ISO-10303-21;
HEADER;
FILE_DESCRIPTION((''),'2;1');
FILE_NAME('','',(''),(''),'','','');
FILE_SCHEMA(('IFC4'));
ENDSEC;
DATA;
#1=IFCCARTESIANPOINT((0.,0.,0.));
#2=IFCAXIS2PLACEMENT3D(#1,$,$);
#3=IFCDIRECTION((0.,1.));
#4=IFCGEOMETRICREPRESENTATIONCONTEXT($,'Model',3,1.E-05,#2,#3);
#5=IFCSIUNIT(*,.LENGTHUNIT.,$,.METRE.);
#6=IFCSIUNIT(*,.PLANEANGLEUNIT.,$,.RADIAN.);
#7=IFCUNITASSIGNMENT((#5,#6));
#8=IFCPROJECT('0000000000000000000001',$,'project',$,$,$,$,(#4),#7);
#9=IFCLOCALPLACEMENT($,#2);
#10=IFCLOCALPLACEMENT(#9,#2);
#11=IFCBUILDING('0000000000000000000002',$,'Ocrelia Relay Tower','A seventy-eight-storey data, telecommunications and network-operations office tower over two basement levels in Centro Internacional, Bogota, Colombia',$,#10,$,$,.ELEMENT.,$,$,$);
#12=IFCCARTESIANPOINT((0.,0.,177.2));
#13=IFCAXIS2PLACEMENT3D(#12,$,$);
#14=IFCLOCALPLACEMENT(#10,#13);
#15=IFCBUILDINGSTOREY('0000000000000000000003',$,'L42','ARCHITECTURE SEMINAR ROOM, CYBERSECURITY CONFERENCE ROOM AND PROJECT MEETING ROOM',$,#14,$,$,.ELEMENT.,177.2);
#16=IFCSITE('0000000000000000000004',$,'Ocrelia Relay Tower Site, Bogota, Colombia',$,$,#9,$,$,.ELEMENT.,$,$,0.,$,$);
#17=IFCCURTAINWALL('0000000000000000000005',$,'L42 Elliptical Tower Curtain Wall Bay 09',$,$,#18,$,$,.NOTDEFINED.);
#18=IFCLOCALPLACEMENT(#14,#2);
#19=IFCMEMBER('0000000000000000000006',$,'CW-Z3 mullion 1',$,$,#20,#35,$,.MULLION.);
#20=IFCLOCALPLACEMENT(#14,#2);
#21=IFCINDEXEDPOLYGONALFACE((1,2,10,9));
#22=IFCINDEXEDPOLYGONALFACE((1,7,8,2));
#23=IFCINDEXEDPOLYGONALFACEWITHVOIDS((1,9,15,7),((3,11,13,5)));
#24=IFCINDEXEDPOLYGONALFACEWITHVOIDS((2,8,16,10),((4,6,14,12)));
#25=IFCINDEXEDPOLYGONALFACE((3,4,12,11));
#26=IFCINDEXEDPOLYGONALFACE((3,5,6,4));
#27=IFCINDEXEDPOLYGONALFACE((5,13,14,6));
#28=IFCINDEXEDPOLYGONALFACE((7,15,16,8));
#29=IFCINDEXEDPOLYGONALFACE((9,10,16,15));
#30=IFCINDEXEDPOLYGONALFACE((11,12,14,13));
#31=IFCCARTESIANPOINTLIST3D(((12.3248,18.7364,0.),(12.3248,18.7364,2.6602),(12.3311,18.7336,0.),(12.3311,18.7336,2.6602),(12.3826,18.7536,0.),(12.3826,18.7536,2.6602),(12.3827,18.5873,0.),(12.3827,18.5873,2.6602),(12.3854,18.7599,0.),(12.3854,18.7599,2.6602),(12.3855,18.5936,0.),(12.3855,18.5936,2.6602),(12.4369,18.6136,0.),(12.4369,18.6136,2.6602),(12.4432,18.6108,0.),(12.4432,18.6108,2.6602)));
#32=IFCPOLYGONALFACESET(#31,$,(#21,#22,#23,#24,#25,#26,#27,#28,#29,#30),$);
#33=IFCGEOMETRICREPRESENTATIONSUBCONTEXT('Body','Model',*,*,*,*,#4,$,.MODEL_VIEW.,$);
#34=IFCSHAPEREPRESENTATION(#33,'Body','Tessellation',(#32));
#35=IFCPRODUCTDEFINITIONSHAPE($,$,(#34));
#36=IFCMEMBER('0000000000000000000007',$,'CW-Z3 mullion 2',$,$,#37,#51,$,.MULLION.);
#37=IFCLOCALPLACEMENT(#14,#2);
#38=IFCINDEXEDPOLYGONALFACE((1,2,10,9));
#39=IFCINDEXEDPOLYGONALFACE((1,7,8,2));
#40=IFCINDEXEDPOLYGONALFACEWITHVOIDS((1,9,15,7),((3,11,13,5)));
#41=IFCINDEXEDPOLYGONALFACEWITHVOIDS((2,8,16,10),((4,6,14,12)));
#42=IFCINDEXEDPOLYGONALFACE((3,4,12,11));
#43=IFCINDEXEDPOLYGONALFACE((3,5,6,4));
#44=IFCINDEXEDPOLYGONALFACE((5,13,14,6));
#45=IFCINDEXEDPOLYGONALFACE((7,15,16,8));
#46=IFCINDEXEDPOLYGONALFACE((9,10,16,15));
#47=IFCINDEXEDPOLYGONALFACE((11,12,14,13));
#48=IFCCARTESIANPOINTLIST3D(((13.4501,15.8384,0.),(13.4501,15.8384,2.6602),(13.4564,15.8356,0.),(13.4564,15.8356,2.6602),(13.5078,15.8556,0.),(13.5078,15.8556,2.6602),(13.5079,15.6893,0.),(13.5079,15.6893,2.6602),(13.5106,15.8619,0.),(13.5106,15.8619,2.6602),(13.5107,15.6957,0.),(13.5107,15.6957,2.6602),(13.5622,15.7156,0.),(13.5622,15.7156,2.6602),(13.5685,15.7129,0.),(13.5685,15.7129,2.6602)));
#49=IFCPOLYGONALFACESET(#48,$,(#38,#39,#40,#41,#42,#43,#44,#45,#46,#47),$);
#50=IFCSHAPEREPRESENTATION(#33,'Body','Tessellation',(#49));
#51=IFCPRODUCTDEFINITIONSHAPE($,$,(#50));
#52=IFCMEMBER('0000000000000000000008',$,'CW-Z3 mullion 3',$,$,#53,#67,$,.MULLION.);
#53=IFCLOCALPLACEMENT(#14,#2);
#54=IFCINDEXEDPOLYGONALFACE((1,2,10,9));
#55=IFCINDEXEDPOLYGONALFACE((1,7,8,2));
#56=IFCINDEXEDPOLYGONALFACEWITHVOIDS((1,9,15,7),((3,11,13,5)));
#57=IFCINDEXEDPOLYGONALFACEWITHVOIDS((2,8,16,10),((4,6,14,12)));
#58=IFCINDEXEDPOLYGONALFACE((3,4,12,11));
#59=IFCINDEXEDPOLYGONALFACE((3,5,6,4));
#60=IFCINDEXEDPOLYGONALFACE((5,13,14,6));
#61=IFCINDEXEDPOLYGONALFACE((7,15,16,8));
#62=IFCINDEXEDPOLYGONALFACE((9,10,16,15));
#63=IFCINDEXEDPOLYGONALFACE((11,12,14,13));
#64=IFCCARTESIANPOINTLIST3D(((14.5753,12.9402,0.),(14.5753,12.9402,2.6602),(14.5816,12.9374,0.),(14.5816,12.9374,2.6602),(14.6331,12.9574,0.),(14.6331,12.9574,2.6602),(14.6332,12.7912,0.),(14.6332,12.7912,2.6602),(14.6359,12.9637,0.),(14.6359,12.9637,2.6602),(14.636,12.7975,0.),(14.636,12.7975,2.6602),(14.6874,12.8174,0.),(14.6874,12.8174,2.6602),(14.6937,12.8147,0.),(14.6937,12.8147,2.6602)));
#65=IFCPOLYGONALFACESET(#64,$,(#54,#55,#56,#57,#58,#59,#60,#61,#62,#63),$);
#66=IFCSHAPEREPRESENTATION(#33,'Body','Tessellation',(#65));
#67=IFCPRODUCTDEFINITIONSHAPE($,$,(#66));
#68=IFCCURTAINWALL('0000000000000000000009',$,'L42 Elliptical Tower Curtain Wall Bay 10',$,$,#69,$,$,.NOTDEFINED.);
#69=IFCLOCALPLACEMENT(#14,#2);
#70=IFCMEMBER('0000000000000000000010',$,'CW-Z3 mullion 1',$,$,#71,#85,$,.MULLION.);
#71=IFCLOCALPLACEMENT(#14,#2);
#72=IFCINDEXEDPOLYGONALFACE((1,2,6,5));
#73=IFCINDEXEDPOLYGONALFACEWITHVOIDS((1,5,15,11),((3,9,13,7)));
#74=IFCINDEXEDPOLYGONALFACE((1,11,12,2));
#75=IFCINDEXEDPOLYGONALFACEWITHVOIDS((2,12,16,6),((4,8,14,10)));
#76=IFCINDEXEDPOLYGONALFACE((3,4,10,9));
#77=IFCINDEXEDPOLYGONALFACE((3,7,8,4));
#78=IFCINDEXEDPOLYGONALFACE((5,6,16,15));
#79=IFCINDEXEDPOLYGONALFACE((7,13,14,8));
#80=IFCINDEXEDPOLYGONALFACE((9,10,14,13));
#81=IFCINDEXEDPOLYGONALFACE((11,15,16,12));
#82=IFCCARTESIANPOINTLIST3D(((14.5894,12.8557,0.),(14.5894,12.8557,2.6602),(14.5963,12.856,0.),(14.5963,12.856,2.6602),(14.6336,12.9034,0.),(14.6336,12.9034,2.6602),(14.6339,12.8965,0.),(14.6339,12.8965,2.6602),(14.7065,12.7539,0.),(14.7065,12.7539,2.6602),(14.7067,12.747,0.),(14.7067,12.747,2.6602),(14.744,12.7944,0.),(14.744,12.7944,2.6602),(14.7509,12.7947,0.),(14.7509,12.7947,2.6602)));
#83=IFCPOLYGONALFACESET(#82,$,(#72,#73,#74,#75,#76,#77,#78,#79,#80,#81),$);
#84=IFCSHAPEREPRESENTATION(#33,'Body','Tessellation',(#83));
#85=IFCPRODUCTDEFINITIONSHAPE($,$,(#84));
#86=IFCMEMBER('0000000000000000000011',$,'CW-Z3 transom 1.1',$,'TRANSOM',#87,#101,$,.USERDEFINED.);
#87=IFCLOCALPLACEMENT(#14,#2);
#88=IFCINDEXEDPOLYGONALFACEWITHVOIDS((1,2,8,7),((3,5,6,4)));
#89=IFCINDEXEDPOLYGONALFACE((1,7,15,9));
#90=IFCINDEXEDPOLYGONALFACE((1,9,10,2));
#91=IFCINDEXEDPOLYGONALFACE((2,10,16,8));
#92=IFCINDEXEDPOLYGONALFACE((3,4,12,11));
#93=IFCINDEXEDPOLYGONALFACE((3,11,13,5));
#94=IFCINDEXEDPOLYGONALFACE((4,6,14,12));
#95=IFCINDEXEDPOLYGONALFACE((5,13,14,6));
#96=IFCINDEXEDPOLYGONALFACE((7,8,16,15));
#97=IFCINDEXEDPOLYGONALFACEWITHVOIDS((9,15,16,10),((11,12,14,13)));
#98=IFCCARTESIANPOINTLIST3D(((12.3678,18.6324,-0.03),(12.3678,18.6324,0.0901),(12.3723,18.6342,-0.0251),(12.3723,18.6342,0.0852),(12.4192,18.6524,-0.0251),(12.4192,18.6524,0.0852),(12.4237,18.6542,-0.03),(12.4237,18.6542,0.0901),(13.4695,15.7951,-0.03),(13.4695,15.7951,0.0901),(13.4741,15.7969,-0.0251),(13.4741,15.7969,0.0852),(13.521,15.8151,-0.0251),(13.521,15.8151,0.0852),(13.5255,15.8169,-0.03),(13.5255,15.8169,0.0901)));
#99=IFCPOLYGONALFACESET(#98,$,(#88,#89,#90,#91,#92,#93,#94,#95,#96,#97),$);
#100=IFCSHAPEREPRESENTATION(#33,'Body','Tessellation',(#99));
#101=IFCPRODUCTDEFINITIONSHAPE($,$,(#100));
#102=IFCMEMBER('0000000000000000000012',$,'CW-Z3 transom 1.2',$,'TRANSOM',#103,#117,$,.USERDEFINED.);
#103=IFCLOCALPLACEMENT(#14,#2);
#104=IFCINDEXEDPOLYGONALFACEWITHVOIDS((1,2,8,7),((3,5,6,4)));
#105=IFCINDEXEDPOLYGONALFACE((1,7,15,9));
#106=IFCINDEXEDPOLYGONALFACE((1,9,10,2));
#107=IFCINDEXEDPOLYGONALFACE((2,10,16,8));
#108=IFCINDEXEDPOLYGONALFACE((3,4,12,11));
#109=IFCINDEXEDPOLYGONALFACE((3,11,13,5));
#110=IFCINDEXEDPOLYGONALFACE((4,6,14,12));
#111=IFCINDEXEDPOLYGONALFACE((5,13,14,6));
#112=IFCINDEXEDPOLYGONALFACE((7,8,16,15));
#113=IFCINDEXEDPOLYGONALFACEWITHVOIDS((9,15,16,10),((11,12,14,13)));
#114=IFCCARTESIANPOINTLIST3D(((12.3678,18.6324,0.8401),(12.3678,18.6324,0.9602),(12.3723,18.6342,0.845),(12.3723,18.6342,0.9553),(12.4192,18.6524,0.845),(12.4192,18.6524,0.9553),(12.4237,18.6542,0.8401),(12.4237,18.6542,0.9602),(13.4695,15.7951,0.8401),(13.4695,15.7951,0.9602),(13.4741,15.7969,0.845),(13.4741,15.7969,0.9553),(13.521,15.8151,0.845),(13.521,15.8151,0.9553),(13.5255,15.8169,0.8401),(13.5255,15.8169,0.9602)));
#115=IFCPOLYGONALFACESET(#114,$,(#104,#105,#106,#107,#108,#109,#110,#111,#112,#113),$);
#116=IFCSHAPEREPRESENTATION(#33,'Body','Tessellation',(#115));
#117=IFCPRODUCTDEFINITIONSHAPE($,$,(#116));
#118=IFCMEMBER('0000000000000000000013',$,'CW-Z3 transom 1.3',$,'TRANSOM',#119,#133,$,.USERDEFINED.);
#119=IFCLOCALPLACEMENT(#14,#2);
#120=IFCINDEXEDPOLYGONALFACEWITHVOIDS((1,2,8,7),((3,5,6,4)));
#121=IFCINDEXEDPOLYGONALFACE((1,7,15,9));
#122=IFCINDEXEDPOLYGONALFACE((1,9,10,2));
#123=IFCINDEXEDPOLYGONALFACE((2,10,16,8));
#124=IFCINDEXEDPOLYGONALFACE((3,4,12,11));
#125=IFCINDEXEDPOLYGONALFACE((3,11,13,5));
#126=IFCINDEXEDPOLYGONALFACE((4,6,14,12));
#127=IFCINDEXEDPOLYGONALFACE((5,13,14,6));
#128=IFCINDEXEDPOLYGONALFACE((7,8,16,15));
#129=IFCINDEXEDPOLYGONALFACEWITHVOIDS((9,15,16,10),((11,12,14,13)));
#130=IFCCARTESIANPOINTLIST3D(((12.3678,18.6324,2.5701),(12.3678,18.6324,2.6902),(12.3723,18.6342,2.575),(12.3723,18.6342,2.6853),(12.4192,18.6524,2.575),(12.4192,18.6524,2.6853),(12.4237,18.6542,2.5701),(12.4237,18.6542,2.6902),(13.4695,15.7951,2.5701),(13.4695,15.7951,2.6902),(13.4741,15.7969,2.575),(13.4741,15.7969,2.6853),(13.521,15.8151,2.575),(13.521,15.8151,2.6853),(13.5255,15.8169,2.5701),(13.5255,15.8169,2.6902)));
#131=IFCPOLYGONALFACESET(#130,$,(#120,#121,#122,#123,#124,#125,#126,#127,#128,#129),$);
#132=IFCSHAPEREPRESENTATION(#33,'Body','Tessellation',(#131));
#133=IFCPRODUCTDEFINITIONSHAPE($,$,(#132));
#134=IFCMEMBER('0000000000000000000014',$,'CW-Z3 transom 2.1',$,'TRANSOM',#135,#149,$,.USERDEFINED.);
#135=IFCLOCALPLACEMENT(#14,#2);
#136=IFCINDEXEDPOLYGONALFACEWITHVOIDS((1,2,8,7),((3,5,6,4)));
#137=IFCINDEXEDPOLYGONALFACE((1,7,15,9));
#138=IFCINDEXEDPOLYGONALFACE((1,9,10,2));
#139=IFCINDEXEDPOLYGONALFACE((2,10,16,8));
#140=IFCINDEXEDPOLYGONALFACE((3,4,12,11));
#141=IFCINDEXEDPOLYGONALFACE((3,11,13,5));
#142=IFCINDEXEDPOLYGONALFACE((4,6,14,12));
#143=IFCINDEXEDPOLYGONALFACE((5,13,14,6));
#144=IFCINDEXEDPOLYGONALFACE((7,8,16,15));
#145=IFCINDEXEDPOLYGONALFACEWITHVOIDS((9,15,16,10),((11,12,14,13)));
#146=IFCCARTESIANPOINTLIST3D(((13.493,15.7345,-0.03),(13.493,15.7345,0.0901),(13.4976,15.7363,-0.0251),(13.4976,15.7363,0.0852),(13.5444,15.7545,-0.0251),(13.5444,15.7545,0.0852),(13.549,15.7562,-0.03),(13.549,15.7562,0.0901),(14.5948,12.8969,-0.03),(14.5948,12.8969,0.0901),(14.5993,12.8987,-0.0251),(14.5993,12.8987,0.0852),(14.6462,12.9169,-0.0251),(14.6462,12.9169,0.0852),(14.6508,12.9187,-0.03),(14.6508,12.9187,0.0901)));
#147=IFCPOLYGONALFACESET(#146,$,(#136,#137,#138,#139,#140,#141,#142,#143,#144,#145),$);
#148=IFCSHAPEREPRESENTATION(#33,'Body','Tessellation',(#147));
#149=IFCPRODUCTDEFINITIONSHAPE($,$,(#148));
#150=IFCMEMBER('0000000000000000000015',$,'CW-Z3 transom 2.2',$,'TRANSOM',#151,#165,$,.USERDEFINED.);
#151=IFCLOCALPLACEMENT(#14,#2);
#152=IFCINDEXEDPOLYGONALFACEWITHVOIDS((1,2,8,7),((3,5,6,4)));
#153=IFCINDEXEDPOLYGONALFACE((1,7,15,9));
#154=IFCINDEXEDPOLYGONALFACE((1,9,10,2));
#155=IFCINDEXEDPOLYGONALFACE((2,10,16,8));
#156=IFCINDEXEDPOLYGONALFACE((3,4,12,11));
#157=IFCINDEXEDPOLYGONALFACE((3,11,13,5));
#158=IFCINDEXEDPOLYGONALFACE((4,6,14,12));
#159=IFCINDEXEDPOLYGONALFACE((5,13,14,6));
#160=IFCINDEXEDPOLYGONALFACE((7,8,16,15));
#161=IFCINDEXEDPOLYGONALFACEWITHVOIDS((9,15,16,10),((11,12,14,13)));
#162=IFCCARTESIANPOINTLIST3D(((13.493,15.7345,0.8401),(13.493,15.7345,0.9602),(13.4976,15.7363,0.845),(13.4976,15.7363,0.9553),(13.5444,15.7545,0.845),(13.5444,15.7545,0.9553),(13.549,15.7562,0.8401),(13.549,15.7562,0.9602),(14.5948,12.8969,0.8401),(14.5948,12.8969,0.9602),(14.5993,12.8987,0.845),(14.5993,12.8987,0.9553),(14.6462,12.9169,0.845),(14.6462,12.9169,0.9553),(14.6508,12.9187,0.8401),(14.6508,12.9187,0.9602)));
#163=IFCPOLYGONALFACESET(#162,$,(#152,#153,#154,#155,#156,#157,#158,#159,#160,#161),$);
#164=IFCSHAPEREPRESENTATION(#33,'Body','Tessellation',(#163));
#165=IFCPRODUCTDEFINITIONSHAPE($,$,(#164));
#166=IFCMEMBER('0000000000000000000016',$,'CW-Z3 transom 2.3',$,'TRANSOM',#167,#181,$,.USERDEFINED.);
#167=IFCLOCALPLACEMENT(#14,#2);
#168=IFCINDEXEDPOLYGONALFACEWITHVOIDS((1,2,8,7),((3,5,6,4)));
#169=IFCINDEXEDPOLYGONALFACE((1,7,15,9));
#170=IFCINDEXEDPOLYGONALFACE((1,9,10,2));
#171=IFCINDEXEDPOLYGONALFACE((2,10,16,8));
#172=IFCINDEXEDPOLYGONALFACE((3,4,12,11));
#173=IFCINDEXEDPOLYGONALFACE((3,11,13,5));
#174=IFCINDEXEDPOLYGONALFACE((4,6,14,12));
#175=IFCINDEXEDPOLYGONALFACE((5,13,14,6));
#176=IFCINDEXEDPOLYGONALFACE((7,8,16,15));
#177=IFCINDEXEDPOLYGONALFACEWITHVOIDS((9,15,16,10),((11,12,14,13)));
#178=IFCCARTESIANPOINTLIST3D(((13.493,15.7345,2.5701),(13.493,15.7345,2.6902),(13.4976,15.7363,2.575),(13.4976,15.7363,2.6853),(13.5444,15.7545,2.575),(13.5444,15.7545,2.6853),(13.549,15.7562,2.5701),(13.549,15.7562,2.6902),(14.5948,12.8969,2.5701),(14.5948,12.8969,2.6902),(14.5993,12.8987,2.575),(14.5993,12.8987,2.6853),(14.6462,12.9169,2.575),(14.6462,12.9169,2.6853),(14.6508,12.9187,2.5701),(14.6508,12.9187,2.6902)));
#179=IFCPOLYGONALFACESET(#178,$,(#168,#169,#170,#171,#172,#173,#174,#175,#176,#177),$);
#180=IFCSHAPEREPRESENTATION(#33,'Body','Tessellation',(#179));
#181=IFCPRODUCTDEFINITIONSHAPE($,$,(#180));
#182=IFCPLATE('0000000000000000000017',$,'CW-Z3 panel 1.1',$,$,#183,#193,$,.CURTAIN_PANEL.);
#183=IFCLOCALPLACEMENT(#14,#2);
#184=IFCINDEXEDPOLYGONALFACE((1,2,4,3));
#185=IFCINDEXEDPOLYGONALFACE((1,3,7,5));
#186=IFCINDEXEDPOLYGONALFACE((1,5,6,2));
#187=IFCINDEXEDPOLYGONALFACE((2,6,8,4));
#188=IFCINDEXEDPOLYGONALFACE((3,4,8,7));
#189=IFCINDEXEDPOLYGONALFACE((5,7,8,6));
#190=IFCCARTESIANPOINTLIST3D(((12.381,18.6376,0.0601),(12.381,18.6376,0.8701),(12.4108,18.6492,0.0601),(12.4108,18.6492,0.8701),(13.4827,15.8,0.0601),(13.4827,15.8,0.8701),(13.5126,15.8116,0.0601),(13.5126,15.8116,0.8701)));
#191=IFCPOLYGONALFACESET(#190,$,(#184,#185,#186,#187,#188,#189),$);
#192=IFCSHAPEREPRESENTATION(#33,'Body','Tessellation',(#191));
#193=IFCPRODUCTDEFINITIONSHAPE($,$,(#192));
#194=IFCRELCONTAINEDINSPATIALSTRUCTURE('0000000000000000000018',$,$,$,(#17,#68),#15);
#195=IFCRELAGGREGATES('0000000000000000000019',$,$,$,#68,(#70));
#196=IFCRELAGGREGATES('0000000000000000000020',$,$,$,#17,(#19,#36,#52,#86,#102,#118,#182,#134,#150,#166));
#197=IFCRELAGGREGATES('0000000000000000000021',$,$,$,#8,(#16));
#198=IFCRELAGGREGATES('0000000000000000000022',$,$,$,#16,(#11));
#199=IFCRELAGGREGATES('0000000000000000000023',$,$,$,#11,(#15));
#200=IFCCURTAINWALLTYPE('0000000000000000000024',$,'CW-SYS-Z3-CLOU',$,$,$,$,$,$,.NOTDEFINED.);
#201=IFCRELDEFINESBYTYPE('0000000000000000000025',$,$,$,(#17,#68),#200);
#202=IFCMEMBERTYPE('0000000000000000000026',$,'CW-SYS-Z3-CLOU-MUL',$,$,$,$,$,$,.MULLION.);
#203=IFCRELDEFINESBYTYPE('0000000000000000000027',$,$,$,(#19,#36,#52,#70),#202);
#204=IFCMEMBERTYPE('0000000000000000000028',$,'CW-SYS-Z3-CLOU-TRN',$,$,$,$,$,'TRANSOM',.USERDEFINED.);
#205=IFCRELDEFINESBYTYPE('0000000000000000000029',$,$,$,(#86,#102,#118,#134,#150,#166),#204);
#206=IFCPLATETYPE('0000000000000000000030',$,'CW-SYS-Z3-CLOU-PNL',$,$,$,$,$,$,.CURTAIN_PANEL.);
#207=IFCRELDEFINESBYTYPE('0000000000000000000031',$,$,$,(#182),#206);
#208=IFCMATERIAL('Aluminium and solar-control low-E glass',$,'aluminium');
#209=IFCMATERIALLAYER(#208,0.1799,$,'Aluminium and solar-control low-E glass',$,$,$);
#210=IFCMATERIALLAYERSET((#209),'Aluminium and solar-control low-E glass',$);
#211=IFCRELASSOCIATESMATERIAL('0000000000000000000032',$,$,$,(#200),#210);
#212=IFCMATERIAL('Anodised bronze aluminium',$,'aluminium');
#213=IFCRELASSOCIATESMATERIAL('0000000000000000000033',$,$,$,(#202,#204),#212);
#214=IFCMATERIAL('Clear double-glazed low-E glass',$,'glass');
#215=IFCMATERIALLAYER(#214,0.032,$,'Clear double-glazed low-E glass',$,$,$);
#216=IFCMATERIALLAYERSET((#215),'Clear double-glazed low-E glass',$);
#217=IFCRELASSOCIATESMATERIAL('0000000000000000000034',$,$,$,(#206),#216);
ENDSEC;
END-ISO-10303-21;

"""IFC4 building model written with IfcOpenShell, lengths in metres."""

from ifc_helpers import new_model, si_unit, direction, frame, origin, origin_2d, place, context, subcontext, project, spatial, rectangle, hollow_rectangle, extrude, material, layer, layer_set, material_profile, profile_set, type_object, element, aggregate, save


model = new_model("IFC4")

# Units and contexts
model_context = context("Model", 3, precision=1e-05, world=origin(), true_north=direction((0.0, 1.0)))
body_context = subcontext(model_context, "Body", "Model", "MODEL_VIEW")
ifc_project = project(units=[si_unit("LENGTHUNIT", "METRE"), si_unit("PLANEANGLEUNIT", "RADIAN")], contexts=[model_context])

# Site, building, storey
site_placement = place(None, origin())
site = spatial("IfcSite", under=ifc_project, at=site_placement, Name="Ocrelia Relay Tower Site, Bogota, Colombia", CompositionType="ELEMENT", RefElevation=0.0)
building_placement = place(site_placement, origin())
building = spatial("IfcBuilding", under=site, at=building_placement, Name="Ocrelia Relay Tower", Description="A seventy-eight-storey data, telecommunications and network-operations office tower over two basement levels in Centro Internacional, Bogota, Colombia", CompositionType="ELEMENT")
storey_placement = place(building_placement, frame((0.0, 0.0, 177.2)))
storey = spatial("IfcBuildingStorey", under=building, at=storey_placement, Name="L42", Description="ARCHITECTURE SEMINAR ROOM, CYBERSECURITY CONFERENCE ROOM AND PROJECT MEETING ROOM", CompositionType="ELEMENT", Elevation=177.2)

# Curtain wall, members
ifc_material_1 = material(Name="Aluminium and solar-control low-E glass", Category="aluminium")
ifc_layer_1 = layer(ifc_material_1, 0.1799, Name="Aluminium and solar-control low-E glass")
ifc_layer_set_1 = layer_set([ifc_layer_1], Name="Aluminium and solar-control low-E glass")
curtain_wall_type = type_object("IfcCurtainWallType", Name="CW-SYS-Z3-CLOU", PredefinedType="NOTDEFINED", material=ifc_layer_set_1)
curtain_wall_1_placement = place(storey_placement, origin())
curtain_wall_1 = element("IfcCurtainWall", 1, at=curtain_wall_1_placement, inside=storey, type_object=curtain_wall_type, Name="L42 Elliptical Tower Curtain Wall Bay 09", PredefinedType="NOTDEFINED")
ifc_material_2 = material(Name="Anodised bronze aluminium", Category="aluminium")
ifc_material_profile_1 = material_profile(ifc_material_2, hollow_rectangle(XDim=0.0649, YDim=0.1599, WallThickness=0.0049, at=origin_2d()), Name="CW-MUL-160x65")
ifc_profile_set_1 = profile_set([ifc_material_profile_1], Name="Anodised bronze aluminium")
member_type_1 = type_object("IfcMemberType", Name="CW-SYS-Z3-CLOU-MUL", PredefinedType="MULLION", material=ifc_profile_set_1)
member_1_placement = place(storey_placement, frame((12.384, 18.6736, 0.0), z_axis=(0.0, 0.0, 1.0), x_axis=(0.9322, 0.361942, 0.0)))
member_1 = element("IfcMember", 2, at=member_1_placement, type_object=member_type_1, Name="CW-Z3 mullion 1", PredefinedType="MULLION", context=body_context, shape_type="SweptSolid", body=[
    extrude(hollow_rectangle(XDim=0.0649, YDim=0.1599, WallThickness=0.0049, at=origin_2d()), origin(), (0.0, 0.0, 1.0), 2.6602),
])
member_2_placement = place(storey_placement, frame((13.5093, 15.7756, 0.0), z_axis=(0.0, 0.0, 1.0), x_axis=(0.9322, 0.361942, 0.0)))
member_2 = element("IfcMember", 3, at=member_2_placement, type_object=member_type_1, Name="CW-Z3 mullion 2", PredefinedType="MULLION", context=body_context, shape_type="SweptSolid", body=[
    extrude(hollow_rectangle(XDim=0.0649, YDim=0.1599, WallThickness=0.0049, at=origin_2d()), origin(), (0.0, 0.0, 1.0), 2.6602),
])
member_3_placement = place(storey_placement, frame((14.6345, 12.8774, 0.0), z_axis=(0.0, 0.0, 1.0), x_axis=(0.9322, 0.361942, 0.0)))
member_3 = element("IfcMember", 4, at=member_3_placement, type_object=member_type_1, Name="CW-Z3 mullion 3", PredefinedType="MULLION", context=body_context, shape_type="SweptSolid", body=[
    extrude(hollow_rectangle(XDim=0.0649, YDim=0.1599, WallThickness=0.0049, at=origin_2d()), origin(), (0.0, 0.0, 1.0), 2.6602),
])

# Curtain wall, member
curtain_wall_2_placement = place(storey_placement, origin())
curtain_wall_2 = element("IfcCurtainWall", 5, at=curtain_wall_2_placement, inside=storey, type_object=curtain_wall_type, Name="L42 Elliptical Tower Curtain Wall Bay 10", PredefinedType="NOTDEFINED")
member_4_placement = place(storey_placement, frame((14.6702, 12.8252, 0.0), z_axis=(0.0, 0.0, 1.0), x_axis=(0.679696, 0.733494, 0.0)))
member_4 = element("IfcMember", 6, at=member_4_placement, type_object=member_type_1, Name="CW-Z3 mullion 1", PredefinedType="MULLION", context=body_context, shape_type="SweptSolid", body=[
    extrude(hollow_rectangle(XDim=0.0649, YDim=0.1599, WallThickness=0.0049, at=origin_2d()), origin(), (0.0, 0.0, 1.0), 2.6602),
])
aggregate(curtain_wall_2, [member_4])

# Members
ifc_material_profile_2 = material_profile(ifc_material_2, hollow_rectangle(XDim=0.0601, YDim=0.1201, WallThickness=0.0049, at=origin_2d()), Name="CW-TRN-120x60")
ifc_profile_set_2 = profile_set([ifc_material_profile_2], Name="Anodised bronze aluminium")
member_type_2 = type_object("IfcMemberType", Name="CW-SYS-Z3-CLOU-TRN", ElementType="TRANSOM", PredefinedType="USERDEFINED", material=ifc_profile_set_2)
member_5_placement = place(storey_placement, frame((12.3958, 18.6433, 0.03), z_axis=(0.361982, -0.932185, 0.0), x_axis=(0.932185, 0.361982, 0.0)))
member_5 = element("IfcMember", 7, at=member_5_placement, type_object=member_type_2, Name="CW-Z3 transom 1.1", ObjectType="TRANSOM", PredefinedType="USERDEFINED", context=body_context, shape_type="SweptSolid", body=[
    extrude(hollow_rectangle(XDim=0.0601, YDim=0.1201, WallThickness=0.0049, at=origin_2d()), origin(), (0.0, 0.0, 1.0), 3.0437),
])
member_6_placement = place(storey_placement, frame((12.3958, 18.6433, 0.9001), z_axis=(0.361982, -0.932185, 0.0), x_axis=(0.932185, 0.361982, 0.0)))
member_6 = element("IfcMember", 8, at=member_6_placement, type_object=member_type_2, Name="CW-Z3 transom 1.2", ObjectType="TRANSOM", PredefinedType="USERDEFINED", context=body_context, shape_type="SweptSolid", body=[
    extrude(hollow_rectangle(XDim=0.0601, YDim=0.1201, WallThickness=0.0049, at=origin_2d()), origin(), (0.0, 0.0, 1.0), 3.0437),
])
member_7_placement = place(storey_placement, frame((12.3958, 18.6433, 2.6301), z_axis=(0.361982, -0.932185, 0.0), x_axis=(0.932185, 0.361982, 0.0)))
member_7 = element("IfcMember", 9, at=member_7_placement, type_object=member_type_2, Name="CW-Z3 transom 1.3", ObjectType="TRANSOM", PredefinedType="USERDEFINED", context=body_context, shape_type="SweptSolid", body=[
    extrude(hollow_rectangle(XDim=0.0601, YDim=0.1201, WallThickness=0.0049, at=origin_2d()), origin(), (0.0, 0.0, 1.0), 3.0437),
])
member_8_placement = place(storey_placement, frame((13.521, 15.7454, 0.03), z_axis=(0.361955, -0.932196, 0.0), x_axis=(0.932196, 0.361955, 0.0)))
member_8 = element("IfcMember", 10, at=member_8_placement, type_object=member_type_2, Name="CW-Z3 transom 2.1", ObjectType="TRANSOM", PredefinedType="USERDEFINED", context=body_context, shape_type="SweptSolid", body=[
    extrude(hollow_rectangle(XDim=0.0601, YDim=0.1201, WallThickness=0.0049, at=origin_2d()), origin(), (0.0, 0.0, 1.0), 3.0439),
])
member_9_placement = place(storey_placement, frame((13.521, 15.7454, 0.9001), z_axis=(0.361955, -0.932196, 0.0), x_axis=(0.932196, 0.361955, 0.0)))
member_9 = element("IfcMember", 11, at=member_9_placement, type_object=member_type_2, Name="CW-Z3 transom 2.2", ObjectType="TRANSOM", PredefinedType="USERDEFINED", context=body_context, shape_type="SweptSolid", body=[
    extrude(hollow_rectangle(XDim=0.0601, YDim=0.1201, WallThickness=0.0049, at=origin_2d()), origin(), (0.0, 0.0, 1.0), 3.0439),
])
member_10_placement = place(storey_placement, frame((13.521, 15.7454, 2.6301), z_axis=(0.361955, -0.932196, 0.0), x_axis=(0.932196, 0.361955, 0.0)))
member_10 = element("IfcMember", 12, at=member_10_placement, type_object=member_type_2, Name="CW-Z3 transom 2.3", ObjectType="TRANSOM", PredefinedType="USERDEFINED", context=body_context, shape_type="SweptSolid", body=[
    extrude(hollow_rectangle(XDim=0.0601, YDim=0.1201, WallThickness=0.0049, at=origin_2d()), origin(), (0.0, 0.0, 1.0), 3.0439),
])

# Plate
ifc_material_3 = material(Name="Clear double-glazed low-E glass", Category="glass")
ifc_layer_2 = layer(ifc_material_3, 0.032, Name="Clear double-glazed low-E glass")
ifc_layer_set_2 = layer_set([ifc_layer_2], Name="Clear double-glazed low-E glass")
plate_type = type_object("IfcPlateType", Name="CW-SYS-Z3-CLOU-PNL", PredefinedType="CURTAIN_PANEL", material=ifc_layer_set_2)
plate_1_placement = place(storey_placement, frame((12.9468, 17.2246, 0.0601), z_axis=(0.0, 0.0, 1.0), x_axis=(0.361942, -0.9322, 0.0)))
plate_1 = element("IfcPlate", 13, at=plate_1_placement, type_object=plate_type, Name="CW-Z3 panel 1.1", PredefinedType="CURTAIN_PANEL", context=body_context, shape_type="SweptSolid", body=[
    extrude(rectangle(XDim=3.0439, YDim=0.032, at=origin_2d()), origin(), (0.0, 0.0, 1.0), 0.8101),
])
aggregate(curtain_wall_1, [member_1, member_2, member_3, member_5, member_6, member_7, plate_1, member_8, member_9, member_10])

save(model, "model.ifc")
